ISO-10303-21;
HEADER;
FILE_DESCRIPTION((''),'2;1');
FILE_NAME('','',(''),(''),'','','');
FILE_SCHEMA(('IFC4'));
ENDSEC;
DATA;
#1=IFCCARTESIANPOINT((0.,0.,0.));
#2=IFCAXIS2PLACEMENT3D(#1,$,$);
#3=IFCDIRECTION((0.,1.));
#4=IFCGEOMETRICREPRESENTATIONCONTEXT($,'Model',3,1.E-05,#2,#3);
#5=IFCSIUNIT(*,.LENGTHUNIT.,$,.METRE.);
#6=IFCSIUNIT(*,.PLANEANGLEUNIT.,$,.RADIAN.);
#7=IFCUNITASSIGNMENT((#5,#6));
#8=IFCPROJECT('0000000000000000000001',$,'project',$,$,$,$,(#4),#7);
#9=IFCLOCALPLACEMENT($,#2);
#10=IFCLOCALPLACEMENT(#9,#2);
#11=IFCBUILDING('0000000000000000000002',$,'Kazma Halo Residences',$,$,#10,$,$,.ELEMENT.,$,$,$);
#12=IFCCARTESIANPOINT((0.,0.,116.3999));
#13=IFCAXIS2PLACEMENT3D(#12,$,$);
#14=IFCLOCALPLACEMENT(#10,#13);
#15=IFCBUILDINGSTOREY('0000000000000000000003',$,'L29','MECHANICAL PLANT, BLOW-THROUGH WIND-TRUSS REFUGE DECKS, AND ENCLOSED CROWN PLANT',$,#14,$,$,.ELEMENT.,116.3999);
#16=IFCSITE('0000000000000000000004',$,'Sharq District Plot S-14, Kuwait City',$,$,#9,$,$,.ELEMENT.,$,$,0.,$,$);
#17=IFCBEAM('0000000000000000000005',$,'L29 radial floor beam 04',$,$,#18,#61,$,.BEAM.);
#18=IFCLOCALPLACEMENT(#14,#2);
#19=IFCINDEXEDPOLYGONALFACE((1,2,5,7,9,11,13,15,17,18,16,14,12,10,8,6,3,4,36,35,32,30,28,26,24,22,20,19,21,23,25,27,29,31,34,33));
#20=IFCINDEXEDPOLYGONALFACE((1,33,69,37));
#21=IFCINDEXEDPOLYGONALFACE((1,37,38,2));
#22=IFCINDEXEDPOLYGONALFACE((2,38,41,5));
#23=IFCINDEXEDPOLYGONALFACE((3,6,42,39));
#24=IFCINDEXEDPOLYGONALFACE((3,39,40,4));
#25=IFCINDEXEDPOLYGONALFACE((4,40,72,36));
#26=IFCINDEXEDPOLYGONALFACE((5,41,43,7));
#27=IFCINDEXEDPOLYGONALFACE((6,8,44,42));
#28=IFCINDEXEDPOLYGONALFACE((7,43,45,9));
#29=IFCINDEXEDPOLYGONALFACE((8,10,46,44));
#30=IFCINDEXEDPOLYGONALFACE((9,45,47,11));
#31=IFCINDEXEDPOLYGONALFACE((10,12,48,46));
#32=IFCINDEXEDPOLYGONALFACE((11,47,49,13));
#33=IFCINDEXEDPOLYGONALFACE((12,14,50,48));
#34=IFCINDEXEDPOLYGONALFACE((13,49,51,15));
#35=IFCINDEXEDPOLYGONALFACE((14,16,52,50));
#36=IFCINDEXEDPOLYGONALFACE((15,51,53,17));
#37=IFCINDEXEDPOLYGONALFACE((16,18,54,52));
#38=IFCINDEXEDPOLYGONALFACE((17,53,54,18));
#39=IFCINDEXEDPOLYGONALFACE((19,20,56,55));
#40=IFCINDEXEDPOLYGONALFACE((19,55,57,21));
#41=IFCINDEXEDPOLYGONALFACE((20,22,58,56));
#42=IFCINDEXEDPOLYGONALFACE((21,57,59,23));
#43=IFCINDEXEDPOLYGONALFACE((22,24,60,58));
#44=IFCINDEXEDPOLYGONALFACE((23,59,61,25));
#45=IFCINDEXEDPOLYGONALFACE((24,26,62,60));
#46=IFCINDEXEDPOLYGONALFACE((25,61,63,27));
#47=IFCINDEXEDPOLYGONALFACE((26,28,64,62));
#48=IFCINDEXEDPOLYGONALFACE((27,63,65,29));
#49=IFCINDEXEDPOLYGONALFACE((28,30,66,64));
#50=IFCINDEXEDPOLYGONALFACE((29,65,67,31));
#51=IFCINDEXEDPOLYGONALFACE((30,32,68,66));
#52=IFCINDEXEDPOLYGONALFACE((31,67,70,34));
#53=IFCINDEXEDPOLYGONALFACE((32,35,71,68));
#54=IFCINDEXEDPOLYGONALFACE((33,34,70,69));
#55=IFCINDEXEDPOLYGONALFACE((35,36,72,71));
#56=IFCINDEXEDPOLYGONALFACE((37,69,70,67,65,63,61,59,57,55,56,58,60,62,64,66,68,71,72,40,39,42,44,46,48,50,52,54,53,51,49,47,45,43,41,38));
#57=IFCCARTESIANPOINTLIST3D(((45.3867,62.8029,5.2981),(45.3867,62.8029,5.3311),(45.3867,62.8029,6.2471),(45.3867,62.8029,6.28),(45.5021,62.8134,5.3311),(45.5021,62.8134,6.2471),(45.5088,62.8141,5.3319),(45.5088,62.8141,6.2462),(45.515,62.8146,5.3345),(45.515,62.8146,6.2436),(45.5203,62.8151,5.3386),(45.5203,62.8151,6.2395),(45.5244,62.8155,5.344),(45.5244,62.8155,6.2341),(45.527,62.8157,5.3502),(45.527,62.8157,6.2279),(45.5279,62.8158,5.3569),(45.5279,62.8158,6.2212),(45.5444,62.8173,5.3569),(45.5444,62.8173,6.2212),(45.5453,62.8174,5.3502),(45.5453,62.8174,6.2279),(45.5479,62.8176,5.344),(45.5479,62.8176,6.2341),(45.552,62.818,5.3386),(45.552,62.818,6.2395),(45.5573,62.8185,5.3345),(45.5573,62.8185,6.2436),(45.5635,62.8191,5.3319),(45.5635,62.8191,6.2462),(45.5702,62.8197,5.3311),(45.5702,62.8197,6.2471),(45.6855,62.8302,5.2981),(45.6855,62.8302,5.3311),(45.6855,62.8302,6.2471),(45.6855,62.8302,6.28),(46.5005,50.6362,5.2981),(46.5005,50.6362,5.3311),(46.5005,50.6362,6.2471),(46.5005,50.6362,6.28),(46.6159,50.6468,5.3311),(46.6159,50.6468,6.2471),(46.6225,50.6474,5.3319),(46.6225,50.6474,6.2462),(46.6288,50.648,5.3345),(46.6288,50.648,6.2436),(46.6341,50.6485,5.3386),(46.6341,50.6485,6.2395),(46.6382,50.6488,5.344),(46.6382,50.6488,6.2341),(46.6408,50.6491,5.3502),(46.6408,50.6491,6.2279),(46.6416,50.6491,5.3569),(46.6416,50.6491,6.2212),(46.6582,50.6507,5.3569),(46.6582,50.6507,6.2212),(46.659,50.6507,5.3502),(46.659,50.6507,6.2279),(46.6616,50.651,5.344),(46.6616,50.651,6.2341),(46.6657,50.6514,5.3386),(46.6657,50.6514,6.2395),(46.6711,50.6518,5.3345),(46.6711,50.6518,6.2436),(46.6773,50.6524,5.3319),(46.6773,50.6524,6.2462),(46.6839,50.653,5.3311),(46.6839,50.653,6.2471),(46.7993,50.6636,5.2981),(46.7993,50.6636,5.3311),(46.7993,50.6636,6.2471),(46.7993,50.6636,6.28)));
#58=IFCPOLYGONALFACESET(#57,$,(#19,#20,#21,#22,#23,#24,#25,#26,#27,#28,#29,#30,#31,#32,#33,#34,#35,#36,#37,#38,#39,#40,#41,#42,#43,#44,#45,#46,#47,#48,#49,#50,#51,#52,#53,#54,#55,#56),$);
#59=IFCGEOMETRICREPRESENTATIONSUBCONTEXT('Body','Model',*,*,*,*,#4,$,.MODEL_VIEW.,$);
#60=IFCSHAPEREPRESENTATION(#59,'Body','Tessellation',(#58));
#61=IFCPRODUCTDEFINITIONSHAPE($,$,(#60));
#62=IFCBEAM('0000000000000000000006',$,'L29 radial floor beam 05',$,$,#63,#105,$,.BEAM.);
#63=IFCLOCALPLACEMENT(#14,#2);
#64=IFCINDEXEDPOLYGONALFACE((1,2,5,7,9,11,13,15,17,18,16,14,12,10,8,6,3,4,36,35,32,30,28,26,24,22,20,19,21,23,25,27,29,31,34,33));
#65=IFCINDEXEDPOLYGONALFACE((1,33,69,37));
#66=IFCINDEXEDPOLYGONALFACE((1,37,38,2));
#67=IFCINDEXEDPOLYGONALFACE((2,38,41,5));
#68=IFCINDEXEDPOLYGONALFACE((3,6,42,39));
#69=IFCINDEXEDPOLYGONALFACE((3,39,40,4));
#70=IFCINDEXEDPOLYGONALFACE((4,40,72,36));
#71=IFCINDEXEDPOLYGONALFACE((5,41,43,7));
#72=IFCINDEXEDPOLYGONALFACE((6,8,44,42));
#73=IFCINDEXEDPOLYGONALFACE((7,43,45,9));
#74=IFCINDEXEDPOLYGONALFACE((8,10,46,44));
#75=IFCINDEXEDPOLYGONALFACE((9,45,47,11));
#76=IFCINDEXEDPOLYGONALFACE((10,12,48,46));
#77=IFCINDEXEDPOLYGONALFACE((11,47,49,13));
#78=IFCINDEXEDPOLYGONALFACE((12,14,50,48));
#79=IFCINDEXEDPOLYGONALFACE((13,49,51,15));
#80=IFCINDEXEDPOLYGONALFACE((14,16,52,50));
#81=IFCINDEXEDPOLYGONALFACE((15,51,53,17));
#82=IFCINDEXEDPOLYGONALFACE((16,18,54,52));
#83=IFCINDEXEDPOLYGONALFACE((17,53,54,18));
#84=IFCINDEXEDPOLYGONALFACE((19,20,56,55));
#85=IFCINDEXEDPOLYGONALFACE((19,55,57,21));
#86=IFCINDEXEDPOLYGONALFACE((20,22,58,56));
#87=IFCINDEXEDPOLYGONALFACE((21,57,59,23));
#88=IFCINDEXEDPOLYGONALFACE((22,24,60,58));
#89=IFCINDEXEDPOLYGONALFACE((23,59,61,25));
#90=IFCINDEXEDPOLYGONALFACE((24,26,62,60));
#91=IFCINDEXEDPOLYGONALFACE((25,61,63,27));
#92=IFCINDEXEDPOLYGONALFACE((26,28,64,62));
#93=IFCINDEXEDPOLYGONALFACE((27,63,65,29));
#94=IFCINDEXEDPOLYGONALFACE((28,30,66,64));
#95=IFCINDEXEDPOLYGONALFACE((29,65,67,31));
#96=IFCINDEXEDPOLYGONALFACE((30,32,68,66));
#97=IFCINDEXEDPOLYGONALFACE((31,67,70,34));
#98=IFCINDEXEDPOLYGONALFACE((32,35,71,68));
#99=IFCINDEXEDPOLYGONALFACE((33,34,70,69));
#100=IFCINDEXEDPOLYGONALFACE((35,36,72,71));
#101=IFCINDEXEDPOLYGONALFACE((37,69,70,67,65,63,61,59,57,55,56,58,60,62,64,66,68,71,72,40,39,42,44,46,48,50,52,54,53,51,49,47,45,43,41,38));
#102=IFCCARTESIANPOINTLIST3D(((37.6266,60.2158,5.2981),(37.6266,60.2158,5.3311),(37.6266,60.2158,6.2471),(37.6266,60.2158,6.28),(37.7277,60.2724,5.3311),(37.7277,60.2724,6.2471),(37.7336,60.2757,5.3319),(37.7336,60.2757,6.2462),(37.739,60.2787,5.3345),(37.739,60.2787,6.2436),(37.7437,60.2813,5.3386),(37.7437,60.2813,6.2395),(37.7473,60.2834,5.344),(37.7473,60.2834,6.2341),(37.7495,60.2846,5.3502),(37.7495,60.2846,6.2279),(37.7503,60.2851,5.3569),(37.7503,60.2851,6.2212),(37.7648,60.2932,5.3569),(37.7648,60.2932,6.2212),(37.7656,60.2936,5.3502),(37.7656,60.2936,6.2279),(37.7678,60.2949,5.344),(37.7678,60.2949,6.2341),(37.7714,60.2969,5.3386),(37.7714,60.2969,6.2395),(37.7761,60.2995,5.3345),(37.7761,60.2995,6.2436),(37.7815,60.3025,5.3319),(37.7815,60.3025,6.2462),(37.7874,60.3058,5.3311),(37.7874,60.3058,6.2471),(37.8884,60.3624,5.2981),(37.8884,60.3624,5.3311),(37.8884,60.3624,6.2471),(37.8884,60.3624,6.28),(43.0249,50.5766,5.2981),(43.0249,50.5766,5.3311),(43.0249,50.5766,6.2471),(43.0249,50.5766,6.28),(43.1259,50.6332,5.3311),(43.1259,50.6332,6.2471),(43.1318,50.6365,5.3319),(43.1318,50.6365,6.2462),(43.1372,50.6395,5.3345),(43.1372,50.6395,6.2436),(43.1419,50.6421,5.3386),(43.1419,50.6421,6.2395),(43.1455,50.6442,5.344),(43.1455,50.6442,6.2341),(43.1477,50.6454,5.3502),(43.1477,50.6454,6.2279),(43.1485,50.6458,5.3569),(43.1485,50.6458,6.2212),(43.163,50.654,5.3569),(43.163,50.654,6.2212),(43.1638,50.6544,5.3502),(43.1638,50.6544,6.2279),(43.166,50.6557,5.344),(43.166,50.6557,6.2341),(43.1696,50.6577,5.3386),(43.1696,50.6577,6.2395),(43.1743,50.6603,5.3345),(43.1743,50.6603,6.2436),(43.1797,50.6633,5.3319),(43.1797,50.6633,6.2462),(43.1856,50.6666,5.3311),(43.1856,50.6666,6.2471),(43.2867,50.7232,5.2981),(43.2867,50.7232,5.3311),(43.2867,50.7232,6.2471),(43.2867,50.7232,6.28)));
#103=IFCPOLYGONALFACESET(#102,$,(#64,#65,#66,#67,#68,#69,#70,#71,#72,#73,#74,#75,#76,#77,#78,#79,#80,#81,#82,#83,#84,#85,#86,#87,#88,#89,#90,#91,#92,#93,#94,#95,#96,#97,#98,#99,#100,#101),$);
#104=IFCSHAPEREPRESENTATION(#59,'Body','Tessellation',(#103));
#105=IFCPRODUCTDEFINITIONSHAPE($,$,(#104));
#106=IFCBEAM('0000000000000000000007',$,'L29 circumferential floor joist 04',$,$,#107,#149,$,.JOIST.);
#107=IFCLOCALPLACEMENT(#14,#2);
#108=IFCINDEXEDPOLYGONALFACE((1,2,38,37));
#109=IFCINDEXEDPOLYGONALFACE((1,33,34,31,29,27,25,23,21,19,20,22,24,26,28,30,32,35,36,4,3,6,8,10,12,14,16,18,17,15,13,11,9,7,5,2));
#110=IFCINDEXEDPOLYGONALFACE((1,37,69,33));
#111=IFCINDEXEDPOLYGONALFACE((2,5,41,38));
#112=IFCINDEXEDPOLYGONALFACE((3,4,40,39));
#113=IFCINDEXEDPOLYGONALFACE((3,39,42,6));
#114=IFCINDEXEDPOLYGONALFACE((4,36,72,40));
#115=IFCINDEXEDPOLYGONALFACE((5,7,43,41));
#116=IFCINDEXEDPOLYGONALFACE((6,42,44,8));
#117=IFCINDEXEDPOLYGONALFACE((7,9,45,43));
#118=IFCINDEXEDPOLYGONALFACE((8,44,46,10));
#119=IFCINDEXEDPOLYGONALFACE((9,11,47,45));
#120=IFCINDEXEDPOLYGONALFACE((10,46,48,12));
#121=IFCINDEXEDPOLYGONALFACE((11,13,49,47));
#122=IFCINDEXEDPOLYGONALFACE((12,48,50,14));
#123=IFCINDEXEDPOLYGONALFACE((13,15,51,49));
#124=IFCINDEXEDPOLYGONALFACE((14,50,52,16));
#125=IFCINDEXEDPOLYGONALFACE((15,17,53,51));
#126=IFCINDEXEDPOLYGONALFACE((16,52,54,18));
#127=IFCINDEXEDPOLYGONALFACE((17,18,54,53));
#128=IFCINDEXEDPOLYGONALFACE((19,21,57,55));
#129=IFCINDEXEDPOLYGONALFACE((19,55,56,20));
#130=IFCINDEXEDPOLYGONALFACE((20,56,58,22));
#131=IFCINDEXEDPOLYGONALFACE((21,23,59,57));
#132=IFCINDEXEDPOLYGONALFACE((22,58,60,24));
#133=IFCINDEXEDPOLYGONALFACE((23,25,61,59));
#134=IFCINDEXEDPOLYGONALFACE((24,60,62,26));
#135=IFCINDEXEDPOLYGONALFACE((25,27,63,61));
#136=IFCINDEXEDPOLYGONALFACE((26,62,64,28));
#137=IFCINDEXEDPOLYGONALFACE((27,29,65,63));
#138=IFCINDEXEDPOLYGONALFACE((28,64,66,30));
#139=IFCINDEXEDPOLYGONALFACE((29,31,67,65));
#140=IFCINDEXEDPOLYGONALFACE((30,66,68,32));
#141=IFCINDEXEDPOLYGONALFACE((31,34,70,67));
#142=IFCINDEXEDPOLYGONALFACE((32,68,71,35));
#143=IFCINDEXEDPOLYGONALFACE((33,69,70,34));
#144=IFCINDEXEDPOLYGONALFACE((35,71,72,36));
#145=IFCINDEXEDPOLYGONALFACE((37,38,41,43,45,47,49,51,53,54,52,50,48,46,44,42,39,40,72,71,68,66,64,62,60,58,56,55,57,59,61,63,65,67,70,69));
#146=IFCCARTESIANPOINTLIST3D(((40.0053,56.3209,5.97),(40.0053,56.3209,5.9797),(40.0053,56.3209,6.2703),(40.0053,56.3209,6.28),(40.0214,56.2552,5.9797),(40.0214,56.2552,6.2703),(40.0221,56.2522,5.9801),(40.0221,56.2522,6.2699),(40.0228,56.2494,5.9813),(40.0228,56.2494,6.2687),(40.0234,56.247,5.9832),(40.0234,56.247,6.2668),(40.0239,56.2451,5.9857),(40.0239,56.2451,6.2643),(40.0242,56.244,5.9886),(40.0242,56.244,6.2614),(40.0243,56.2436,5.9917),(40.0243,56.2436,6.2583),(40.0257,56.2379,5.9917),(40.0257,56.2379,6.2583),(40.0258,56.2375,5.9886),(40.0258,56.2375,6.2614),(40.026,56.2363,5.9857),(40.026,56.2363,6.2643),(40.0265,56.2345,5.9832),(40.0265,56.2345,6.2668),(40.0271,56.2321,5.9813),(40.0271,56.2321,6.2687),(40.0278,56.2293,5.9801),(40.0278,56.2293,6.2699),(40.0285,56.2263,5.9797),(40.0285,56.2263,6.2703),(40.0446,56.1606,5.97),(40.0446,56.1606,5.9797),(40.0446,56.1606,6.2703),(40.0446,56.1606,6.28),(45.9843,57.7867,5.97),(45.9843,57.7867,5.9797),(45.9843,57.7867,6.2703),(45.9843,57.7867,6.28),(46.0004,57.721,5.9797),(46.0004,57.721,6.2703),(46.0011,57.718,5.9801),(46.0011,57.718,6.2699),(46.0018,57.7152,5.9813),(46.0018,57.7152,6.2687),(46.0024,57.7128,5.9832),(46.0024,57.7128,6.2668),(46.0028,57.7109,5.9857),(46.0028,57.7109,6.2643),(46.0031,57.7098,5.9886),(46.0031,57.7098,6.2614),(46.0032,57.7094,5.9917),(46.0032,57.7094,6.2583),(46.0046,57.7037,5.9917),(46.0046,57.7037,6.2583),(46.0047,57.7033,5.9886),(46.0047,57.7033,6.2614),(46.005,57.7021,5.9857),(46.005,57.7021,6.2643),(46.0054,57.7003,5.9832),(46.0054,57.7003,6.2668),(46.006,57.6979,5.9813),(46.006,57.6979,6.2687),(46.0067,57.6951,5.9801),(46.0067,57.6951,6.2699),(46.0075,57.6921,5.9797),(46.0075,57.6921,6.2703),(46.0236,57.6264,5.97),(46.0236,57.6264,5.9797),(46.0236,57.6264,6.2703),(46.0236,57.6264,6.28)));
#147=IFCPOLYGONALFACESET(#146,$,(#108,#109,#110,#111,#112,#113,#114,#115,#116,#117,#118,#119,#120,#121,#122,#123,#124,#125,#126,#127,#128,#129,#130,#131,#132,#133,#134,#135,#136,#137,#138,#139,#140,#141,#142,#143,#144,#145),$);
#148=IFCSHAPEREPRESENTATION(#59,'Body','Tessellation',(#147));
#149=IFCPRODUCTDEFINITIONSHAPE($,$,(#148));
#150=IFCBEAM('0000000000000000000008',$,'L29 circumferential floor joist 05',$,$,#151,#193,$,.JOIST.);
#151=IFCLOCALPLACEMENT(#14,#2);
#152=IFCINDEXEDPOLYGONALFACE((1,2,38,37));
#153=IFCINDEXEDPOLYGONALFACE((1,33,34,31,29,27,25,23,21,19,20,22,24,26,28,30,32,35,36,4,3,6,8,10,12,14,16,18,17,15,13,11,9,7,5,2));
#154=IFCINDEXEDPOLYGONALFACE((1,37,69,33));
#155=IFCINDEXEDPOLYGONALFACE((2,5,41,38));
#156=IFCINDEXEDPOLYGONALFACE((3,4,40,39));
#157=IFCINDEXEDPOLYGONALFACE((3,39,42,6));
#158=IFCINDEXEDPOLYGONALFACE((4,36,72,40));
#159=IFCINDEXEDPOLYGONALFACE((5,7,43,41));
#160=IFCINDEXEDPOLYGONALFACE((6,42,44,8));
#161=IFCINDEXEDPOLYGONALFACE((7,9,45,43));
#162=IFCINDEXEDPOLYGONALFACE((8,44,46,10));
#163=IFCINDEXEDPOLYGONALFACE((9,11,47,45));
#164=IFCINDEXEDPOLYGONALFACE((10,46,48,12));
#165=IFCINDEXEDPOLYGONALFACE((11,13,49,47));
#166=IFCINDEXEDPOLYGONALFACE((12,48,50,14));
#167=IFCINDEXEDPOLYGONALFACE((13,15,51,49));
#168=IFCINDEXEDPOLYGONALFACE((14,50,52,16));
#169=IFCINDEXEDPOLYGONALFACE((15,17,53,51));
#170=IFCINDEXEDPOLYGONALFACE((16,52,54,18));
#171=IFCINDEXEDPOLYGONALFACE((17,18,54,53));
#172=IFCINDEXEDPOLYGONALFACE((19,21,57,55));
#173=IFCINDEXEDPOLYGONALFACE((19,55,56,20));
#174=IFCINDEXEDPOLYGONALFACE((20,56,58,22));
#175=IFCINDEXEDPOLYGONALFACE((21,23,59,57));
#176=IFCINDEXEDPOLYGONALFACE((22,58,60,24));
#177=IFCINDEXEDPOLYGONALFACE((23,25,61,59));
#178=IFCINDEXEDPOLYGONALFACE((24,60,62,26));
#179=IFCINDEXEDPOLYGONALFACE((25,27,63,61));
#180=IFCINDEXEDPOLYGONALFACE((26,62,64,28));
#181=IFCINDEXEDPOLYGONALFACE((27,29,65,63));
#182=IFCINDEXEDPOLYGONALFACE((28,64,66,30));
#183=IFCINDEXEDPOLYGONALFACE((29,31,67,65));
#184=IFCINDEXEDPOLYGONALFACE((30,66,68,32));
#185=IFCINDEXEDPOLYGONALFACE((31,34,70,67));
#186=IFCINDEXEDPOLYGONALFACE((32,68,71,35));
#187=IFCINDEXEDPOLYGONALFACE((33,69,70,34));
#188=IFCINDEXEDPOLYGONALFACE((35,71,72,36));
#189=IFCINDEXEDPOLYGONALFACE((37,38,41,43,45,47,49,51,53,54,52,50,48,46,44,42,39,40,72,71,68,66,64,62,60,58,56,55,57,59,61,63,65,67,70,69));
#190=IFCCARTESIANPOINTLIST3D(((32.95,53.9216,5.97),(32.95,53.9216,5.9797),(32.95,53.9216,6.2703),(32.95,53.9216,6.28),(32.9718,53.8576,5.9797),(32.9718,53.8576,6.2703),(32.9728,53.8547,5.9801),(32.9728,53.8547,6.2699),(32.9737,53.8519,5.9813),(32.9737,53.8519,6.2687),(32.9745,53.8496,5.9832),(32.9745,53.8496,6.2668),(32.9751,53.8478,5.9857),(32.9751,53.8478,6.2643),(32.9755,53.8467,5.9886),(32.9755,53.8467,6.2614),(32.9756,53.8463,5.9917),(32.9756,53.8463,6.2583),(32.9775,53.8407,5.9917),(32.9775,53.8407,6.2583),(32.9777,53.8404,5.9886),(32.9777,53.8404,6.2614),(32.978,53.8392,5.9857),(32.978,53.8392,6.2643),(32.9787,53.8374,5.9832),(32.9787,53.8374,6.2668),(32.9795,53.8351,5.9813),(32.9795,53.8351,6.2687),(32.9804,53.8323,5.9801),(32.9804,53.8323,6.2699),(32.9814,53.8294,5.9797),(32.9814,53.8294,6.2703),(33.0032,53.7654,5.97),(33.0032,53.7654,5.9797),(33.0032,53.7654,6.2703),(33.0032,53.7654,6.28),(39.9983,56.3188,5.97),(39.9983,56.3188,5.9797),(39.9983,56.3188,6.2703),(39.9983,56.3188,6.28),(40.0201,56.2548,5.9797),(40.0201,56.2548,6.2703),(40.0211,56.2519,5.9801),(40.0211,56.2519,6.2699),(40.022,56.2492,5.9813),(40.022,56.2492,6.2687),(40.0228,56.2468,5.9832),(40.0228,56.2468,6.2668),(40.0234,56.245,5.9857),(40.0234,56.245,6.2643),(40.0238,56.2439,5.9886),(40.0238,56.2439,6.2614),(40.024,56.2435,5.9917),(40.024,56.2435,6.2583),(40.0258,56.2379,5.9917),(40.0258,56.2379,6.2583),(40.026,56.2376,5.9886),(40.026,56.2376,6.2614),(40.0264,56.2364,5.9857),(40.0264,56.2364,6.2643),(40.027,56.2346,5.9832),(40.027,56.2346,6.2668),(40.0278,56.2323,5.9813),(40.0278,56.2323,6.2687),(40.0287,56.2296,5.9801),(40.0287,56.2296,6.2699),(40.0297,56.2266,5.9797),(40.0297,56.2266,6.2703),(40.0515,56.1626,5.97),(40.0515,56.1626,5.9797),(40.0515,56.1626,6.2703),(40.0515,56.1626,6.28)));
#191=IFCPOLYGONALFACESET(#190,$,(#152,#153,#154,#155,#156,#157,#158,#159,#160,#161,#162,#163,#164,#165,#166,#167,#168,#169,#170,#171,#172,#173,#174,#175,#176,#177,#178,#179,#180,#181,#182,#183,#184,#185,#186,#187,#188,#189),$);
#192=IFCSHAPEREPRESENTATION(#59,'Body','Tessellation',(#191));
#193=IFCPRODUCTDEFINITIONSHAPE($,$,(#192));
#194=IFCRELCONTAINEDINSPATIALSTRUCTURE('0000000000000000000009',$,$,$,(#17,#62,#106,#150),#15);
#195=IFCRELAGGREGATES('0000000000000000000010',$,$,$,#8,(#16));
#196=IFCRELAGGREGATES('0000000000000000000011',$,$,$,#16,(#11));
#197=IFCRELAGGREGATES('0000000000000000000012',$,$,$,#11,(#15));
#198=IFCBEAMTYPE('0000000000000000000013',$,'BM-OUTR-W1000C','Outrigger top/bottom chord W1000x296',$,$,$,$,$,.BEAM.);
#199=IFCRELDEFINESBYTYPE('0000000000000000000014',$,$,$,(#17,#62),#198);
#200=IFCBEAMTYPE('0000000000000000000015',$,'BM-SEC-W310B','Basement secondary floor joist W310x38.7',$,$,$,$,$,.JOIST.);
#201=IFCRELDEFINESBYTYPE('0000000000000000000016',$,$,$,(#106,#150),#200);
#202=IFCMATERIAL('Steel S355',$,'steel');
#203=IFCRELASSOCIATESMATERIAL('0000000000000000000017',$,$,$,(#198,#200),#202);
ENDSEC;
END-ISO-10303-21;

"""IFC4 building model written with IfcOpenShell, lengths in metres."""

from ifc_helpers import new_model, si_unit, direction, frame, origin, origin_2d, place, context, subcontext, project, spatial, i_section, extrude, material, material_profile, profile_set, type_object, element, save


model = new_model("IFC4")

# Units and contexts
model_context = context("Model", 3, precision=1e-05, world=origin(), true_north=direction((0.0, 1.0)))
body_context = subcontext(model_context, "Body", "Model", "MODEL_VIEW")
ifc_project = project(units=[si_unit("LENGTHUNIT", "METRE"), si_unit("PLANEANGLEUNIT", "RADIAN")], contexts=[model_context])

# Site, building, storey
site_placement = place(None, origin())
site = spatial("IfcSite", under=ifc_project, at=site_placement, Name="Sharq District Plot S-14, Kuwait City", CompositionType="ELEMENT", RefElevation=0.0)
building_placement = place(site_placement, origin())
building = spatial("IfcBuilding", under=site, at=building_placement, Name="Kazma Halo Residences", CompositionType="ELEMENT")
storey_placement = place(building_placement, frame((0.0, 0.0, 116.3999)))
storey = spatial("IfcBuildingStorey", under=building, at=storey_placement, Name="L29", Description="MECHANICAL PLANT, BLOW-THROUGH WIND-TRUSS REFUGE DECKS, AND ENCLOSED CROWN PLANT", CompositionType="ELEMENT", Elevation=116.3999)

# Beams
ifc_material_1 = material(Name="Steel S355", Category="steel")
ifc_material_profile_1 = material_profile(ifc_material_1, i_section(OverallWidth=0.3, OverallDepth=0.9819, WebThickness=0.0166, FlangeThickness=0.033, FilletRadius=0.0259, at=origin_2d()), Name="W1000x296")
ifc_profile_set_1 = profile_set([ifc_material_profile_1], Name="Steel S355")
beam_type_1 = type_object("IfcBeamType", Name="BM-OUTR-W1000C", Description="Outrigger top/bottom chord W1000x296", PredefinedType="BEAM", material=ifc_profile_set_1)
beam_1_placement = place(storey_placement, frame((46.6499, 50.6499, 5.7891), z_axis=(-0.091161, 0.995836, 0.0), x_axis=(-0.995836, -0.091161, 0.0)))
element("IfcBeam", 1, at=beam_1_placement, inside=storey, type_object=beam_type_1, Name="L29 radial floor beam 04", PredefinedType="BEAM", context=body_context, shape_type="SweptSolid", body=[
    extrude(i_section(OverallWidth=0.3, OverallDepth=0.9819, WebThickness=0.0166, FlangeThickness=0.033, FilletRadius=0.0259, at=origin_2d()), origin(), (0.0, 0.0, 1.0), 12.2175),
])
beam_2_placement = place(storey_placement, frame((43.1558, 50.6499, 5.7891), z_axis=(-0.488622, 0.872496, 0.0), x_axis=(-0.872496, -0.488622, 0.0)))
element("IfcBeam", 2, at=beam_2_placement, inside=storey, type_object=beam_type_1, Name="L29 radial floor beam 05", PredefinedType="BEAM", context=body_context, shape_type="SweptSolid", body=[
    extrude(i_section(OverallWidth=0.3, OverallDepth=0.9819, WebThickness=0.0166, FlangeThickness=0.033, FilletRadius=0.0259, at=origin_2d()), origin(), (0.0, 0.0, 1.0), 11.0479),
])
ifc_material_profile_2 = material_profile(ifc_material_1, i_section(OverallWidth=0.165, OverallDepth=0.3101, WebThickness=0.0059, FlangeThickness=0.0098, FilletRadius=0.012, at=origin_2d()), Name="W310x38.7")
ifc_profile_set_2 = profile_set([ifc_material_profile_2], Name="Steel S355")
beam_type_2 = type_object("IfcBeamType", Name="BM-SEC-W310B", Description="Basement secondary floor joist W310x38.7", PredefinedType="JOIST", material=ifc_profile_set_2)
beam_3_placement = place(storey_placement, frame((46.0039, 57.7065, 6.125), z_axis=(-0.971238, -0.23811, 0.0), x_axis=(0.23811, -0.971238, 0.0)))
element("IfcBeam", 3, at=beam_3_placement, inside=storey, type_object=beam_type_2, Name="L29 circumferential floor joist 04", PredefinedType="JOIST", context=body_context, shape_type="SweptSolid", body=[
    extrude(i_section(OverallWidth=0.165, OverallDepth=0.3101, WebThickness=0.0059, FlangeThickness=0.0098, FilletRadius=0.012, at=origin_2d()), origin(), (0.0, 0.0, 1.0), 6.156),
])
beam_4_placement = place(storey_placement, frame((40.0249, 56.2407, 6.125), z_axis=(-0.946741, -0.321997, 0.0), x_axis=(0.321997, -0.946741, 0.0)))
element("IfcBeam", 4, at=beam_4_placement, inside=storey, type_object=beam_type_2, Name="L29 circumferential floor joist 05", PredefinedType="JOIST", context=body_context, shape_type="SweptSolid", body=[
    extrude(i_section(OverallWidth=0.165, OverallDepth=0.3101, WebThickness=0.0059, FlangeThickness=0.0098, FilletRadius=0.012, at=origin_2d()), origin(), (0.0, 0.0, 1.0), 7.4448),
])

save(model, "model.ifc")
